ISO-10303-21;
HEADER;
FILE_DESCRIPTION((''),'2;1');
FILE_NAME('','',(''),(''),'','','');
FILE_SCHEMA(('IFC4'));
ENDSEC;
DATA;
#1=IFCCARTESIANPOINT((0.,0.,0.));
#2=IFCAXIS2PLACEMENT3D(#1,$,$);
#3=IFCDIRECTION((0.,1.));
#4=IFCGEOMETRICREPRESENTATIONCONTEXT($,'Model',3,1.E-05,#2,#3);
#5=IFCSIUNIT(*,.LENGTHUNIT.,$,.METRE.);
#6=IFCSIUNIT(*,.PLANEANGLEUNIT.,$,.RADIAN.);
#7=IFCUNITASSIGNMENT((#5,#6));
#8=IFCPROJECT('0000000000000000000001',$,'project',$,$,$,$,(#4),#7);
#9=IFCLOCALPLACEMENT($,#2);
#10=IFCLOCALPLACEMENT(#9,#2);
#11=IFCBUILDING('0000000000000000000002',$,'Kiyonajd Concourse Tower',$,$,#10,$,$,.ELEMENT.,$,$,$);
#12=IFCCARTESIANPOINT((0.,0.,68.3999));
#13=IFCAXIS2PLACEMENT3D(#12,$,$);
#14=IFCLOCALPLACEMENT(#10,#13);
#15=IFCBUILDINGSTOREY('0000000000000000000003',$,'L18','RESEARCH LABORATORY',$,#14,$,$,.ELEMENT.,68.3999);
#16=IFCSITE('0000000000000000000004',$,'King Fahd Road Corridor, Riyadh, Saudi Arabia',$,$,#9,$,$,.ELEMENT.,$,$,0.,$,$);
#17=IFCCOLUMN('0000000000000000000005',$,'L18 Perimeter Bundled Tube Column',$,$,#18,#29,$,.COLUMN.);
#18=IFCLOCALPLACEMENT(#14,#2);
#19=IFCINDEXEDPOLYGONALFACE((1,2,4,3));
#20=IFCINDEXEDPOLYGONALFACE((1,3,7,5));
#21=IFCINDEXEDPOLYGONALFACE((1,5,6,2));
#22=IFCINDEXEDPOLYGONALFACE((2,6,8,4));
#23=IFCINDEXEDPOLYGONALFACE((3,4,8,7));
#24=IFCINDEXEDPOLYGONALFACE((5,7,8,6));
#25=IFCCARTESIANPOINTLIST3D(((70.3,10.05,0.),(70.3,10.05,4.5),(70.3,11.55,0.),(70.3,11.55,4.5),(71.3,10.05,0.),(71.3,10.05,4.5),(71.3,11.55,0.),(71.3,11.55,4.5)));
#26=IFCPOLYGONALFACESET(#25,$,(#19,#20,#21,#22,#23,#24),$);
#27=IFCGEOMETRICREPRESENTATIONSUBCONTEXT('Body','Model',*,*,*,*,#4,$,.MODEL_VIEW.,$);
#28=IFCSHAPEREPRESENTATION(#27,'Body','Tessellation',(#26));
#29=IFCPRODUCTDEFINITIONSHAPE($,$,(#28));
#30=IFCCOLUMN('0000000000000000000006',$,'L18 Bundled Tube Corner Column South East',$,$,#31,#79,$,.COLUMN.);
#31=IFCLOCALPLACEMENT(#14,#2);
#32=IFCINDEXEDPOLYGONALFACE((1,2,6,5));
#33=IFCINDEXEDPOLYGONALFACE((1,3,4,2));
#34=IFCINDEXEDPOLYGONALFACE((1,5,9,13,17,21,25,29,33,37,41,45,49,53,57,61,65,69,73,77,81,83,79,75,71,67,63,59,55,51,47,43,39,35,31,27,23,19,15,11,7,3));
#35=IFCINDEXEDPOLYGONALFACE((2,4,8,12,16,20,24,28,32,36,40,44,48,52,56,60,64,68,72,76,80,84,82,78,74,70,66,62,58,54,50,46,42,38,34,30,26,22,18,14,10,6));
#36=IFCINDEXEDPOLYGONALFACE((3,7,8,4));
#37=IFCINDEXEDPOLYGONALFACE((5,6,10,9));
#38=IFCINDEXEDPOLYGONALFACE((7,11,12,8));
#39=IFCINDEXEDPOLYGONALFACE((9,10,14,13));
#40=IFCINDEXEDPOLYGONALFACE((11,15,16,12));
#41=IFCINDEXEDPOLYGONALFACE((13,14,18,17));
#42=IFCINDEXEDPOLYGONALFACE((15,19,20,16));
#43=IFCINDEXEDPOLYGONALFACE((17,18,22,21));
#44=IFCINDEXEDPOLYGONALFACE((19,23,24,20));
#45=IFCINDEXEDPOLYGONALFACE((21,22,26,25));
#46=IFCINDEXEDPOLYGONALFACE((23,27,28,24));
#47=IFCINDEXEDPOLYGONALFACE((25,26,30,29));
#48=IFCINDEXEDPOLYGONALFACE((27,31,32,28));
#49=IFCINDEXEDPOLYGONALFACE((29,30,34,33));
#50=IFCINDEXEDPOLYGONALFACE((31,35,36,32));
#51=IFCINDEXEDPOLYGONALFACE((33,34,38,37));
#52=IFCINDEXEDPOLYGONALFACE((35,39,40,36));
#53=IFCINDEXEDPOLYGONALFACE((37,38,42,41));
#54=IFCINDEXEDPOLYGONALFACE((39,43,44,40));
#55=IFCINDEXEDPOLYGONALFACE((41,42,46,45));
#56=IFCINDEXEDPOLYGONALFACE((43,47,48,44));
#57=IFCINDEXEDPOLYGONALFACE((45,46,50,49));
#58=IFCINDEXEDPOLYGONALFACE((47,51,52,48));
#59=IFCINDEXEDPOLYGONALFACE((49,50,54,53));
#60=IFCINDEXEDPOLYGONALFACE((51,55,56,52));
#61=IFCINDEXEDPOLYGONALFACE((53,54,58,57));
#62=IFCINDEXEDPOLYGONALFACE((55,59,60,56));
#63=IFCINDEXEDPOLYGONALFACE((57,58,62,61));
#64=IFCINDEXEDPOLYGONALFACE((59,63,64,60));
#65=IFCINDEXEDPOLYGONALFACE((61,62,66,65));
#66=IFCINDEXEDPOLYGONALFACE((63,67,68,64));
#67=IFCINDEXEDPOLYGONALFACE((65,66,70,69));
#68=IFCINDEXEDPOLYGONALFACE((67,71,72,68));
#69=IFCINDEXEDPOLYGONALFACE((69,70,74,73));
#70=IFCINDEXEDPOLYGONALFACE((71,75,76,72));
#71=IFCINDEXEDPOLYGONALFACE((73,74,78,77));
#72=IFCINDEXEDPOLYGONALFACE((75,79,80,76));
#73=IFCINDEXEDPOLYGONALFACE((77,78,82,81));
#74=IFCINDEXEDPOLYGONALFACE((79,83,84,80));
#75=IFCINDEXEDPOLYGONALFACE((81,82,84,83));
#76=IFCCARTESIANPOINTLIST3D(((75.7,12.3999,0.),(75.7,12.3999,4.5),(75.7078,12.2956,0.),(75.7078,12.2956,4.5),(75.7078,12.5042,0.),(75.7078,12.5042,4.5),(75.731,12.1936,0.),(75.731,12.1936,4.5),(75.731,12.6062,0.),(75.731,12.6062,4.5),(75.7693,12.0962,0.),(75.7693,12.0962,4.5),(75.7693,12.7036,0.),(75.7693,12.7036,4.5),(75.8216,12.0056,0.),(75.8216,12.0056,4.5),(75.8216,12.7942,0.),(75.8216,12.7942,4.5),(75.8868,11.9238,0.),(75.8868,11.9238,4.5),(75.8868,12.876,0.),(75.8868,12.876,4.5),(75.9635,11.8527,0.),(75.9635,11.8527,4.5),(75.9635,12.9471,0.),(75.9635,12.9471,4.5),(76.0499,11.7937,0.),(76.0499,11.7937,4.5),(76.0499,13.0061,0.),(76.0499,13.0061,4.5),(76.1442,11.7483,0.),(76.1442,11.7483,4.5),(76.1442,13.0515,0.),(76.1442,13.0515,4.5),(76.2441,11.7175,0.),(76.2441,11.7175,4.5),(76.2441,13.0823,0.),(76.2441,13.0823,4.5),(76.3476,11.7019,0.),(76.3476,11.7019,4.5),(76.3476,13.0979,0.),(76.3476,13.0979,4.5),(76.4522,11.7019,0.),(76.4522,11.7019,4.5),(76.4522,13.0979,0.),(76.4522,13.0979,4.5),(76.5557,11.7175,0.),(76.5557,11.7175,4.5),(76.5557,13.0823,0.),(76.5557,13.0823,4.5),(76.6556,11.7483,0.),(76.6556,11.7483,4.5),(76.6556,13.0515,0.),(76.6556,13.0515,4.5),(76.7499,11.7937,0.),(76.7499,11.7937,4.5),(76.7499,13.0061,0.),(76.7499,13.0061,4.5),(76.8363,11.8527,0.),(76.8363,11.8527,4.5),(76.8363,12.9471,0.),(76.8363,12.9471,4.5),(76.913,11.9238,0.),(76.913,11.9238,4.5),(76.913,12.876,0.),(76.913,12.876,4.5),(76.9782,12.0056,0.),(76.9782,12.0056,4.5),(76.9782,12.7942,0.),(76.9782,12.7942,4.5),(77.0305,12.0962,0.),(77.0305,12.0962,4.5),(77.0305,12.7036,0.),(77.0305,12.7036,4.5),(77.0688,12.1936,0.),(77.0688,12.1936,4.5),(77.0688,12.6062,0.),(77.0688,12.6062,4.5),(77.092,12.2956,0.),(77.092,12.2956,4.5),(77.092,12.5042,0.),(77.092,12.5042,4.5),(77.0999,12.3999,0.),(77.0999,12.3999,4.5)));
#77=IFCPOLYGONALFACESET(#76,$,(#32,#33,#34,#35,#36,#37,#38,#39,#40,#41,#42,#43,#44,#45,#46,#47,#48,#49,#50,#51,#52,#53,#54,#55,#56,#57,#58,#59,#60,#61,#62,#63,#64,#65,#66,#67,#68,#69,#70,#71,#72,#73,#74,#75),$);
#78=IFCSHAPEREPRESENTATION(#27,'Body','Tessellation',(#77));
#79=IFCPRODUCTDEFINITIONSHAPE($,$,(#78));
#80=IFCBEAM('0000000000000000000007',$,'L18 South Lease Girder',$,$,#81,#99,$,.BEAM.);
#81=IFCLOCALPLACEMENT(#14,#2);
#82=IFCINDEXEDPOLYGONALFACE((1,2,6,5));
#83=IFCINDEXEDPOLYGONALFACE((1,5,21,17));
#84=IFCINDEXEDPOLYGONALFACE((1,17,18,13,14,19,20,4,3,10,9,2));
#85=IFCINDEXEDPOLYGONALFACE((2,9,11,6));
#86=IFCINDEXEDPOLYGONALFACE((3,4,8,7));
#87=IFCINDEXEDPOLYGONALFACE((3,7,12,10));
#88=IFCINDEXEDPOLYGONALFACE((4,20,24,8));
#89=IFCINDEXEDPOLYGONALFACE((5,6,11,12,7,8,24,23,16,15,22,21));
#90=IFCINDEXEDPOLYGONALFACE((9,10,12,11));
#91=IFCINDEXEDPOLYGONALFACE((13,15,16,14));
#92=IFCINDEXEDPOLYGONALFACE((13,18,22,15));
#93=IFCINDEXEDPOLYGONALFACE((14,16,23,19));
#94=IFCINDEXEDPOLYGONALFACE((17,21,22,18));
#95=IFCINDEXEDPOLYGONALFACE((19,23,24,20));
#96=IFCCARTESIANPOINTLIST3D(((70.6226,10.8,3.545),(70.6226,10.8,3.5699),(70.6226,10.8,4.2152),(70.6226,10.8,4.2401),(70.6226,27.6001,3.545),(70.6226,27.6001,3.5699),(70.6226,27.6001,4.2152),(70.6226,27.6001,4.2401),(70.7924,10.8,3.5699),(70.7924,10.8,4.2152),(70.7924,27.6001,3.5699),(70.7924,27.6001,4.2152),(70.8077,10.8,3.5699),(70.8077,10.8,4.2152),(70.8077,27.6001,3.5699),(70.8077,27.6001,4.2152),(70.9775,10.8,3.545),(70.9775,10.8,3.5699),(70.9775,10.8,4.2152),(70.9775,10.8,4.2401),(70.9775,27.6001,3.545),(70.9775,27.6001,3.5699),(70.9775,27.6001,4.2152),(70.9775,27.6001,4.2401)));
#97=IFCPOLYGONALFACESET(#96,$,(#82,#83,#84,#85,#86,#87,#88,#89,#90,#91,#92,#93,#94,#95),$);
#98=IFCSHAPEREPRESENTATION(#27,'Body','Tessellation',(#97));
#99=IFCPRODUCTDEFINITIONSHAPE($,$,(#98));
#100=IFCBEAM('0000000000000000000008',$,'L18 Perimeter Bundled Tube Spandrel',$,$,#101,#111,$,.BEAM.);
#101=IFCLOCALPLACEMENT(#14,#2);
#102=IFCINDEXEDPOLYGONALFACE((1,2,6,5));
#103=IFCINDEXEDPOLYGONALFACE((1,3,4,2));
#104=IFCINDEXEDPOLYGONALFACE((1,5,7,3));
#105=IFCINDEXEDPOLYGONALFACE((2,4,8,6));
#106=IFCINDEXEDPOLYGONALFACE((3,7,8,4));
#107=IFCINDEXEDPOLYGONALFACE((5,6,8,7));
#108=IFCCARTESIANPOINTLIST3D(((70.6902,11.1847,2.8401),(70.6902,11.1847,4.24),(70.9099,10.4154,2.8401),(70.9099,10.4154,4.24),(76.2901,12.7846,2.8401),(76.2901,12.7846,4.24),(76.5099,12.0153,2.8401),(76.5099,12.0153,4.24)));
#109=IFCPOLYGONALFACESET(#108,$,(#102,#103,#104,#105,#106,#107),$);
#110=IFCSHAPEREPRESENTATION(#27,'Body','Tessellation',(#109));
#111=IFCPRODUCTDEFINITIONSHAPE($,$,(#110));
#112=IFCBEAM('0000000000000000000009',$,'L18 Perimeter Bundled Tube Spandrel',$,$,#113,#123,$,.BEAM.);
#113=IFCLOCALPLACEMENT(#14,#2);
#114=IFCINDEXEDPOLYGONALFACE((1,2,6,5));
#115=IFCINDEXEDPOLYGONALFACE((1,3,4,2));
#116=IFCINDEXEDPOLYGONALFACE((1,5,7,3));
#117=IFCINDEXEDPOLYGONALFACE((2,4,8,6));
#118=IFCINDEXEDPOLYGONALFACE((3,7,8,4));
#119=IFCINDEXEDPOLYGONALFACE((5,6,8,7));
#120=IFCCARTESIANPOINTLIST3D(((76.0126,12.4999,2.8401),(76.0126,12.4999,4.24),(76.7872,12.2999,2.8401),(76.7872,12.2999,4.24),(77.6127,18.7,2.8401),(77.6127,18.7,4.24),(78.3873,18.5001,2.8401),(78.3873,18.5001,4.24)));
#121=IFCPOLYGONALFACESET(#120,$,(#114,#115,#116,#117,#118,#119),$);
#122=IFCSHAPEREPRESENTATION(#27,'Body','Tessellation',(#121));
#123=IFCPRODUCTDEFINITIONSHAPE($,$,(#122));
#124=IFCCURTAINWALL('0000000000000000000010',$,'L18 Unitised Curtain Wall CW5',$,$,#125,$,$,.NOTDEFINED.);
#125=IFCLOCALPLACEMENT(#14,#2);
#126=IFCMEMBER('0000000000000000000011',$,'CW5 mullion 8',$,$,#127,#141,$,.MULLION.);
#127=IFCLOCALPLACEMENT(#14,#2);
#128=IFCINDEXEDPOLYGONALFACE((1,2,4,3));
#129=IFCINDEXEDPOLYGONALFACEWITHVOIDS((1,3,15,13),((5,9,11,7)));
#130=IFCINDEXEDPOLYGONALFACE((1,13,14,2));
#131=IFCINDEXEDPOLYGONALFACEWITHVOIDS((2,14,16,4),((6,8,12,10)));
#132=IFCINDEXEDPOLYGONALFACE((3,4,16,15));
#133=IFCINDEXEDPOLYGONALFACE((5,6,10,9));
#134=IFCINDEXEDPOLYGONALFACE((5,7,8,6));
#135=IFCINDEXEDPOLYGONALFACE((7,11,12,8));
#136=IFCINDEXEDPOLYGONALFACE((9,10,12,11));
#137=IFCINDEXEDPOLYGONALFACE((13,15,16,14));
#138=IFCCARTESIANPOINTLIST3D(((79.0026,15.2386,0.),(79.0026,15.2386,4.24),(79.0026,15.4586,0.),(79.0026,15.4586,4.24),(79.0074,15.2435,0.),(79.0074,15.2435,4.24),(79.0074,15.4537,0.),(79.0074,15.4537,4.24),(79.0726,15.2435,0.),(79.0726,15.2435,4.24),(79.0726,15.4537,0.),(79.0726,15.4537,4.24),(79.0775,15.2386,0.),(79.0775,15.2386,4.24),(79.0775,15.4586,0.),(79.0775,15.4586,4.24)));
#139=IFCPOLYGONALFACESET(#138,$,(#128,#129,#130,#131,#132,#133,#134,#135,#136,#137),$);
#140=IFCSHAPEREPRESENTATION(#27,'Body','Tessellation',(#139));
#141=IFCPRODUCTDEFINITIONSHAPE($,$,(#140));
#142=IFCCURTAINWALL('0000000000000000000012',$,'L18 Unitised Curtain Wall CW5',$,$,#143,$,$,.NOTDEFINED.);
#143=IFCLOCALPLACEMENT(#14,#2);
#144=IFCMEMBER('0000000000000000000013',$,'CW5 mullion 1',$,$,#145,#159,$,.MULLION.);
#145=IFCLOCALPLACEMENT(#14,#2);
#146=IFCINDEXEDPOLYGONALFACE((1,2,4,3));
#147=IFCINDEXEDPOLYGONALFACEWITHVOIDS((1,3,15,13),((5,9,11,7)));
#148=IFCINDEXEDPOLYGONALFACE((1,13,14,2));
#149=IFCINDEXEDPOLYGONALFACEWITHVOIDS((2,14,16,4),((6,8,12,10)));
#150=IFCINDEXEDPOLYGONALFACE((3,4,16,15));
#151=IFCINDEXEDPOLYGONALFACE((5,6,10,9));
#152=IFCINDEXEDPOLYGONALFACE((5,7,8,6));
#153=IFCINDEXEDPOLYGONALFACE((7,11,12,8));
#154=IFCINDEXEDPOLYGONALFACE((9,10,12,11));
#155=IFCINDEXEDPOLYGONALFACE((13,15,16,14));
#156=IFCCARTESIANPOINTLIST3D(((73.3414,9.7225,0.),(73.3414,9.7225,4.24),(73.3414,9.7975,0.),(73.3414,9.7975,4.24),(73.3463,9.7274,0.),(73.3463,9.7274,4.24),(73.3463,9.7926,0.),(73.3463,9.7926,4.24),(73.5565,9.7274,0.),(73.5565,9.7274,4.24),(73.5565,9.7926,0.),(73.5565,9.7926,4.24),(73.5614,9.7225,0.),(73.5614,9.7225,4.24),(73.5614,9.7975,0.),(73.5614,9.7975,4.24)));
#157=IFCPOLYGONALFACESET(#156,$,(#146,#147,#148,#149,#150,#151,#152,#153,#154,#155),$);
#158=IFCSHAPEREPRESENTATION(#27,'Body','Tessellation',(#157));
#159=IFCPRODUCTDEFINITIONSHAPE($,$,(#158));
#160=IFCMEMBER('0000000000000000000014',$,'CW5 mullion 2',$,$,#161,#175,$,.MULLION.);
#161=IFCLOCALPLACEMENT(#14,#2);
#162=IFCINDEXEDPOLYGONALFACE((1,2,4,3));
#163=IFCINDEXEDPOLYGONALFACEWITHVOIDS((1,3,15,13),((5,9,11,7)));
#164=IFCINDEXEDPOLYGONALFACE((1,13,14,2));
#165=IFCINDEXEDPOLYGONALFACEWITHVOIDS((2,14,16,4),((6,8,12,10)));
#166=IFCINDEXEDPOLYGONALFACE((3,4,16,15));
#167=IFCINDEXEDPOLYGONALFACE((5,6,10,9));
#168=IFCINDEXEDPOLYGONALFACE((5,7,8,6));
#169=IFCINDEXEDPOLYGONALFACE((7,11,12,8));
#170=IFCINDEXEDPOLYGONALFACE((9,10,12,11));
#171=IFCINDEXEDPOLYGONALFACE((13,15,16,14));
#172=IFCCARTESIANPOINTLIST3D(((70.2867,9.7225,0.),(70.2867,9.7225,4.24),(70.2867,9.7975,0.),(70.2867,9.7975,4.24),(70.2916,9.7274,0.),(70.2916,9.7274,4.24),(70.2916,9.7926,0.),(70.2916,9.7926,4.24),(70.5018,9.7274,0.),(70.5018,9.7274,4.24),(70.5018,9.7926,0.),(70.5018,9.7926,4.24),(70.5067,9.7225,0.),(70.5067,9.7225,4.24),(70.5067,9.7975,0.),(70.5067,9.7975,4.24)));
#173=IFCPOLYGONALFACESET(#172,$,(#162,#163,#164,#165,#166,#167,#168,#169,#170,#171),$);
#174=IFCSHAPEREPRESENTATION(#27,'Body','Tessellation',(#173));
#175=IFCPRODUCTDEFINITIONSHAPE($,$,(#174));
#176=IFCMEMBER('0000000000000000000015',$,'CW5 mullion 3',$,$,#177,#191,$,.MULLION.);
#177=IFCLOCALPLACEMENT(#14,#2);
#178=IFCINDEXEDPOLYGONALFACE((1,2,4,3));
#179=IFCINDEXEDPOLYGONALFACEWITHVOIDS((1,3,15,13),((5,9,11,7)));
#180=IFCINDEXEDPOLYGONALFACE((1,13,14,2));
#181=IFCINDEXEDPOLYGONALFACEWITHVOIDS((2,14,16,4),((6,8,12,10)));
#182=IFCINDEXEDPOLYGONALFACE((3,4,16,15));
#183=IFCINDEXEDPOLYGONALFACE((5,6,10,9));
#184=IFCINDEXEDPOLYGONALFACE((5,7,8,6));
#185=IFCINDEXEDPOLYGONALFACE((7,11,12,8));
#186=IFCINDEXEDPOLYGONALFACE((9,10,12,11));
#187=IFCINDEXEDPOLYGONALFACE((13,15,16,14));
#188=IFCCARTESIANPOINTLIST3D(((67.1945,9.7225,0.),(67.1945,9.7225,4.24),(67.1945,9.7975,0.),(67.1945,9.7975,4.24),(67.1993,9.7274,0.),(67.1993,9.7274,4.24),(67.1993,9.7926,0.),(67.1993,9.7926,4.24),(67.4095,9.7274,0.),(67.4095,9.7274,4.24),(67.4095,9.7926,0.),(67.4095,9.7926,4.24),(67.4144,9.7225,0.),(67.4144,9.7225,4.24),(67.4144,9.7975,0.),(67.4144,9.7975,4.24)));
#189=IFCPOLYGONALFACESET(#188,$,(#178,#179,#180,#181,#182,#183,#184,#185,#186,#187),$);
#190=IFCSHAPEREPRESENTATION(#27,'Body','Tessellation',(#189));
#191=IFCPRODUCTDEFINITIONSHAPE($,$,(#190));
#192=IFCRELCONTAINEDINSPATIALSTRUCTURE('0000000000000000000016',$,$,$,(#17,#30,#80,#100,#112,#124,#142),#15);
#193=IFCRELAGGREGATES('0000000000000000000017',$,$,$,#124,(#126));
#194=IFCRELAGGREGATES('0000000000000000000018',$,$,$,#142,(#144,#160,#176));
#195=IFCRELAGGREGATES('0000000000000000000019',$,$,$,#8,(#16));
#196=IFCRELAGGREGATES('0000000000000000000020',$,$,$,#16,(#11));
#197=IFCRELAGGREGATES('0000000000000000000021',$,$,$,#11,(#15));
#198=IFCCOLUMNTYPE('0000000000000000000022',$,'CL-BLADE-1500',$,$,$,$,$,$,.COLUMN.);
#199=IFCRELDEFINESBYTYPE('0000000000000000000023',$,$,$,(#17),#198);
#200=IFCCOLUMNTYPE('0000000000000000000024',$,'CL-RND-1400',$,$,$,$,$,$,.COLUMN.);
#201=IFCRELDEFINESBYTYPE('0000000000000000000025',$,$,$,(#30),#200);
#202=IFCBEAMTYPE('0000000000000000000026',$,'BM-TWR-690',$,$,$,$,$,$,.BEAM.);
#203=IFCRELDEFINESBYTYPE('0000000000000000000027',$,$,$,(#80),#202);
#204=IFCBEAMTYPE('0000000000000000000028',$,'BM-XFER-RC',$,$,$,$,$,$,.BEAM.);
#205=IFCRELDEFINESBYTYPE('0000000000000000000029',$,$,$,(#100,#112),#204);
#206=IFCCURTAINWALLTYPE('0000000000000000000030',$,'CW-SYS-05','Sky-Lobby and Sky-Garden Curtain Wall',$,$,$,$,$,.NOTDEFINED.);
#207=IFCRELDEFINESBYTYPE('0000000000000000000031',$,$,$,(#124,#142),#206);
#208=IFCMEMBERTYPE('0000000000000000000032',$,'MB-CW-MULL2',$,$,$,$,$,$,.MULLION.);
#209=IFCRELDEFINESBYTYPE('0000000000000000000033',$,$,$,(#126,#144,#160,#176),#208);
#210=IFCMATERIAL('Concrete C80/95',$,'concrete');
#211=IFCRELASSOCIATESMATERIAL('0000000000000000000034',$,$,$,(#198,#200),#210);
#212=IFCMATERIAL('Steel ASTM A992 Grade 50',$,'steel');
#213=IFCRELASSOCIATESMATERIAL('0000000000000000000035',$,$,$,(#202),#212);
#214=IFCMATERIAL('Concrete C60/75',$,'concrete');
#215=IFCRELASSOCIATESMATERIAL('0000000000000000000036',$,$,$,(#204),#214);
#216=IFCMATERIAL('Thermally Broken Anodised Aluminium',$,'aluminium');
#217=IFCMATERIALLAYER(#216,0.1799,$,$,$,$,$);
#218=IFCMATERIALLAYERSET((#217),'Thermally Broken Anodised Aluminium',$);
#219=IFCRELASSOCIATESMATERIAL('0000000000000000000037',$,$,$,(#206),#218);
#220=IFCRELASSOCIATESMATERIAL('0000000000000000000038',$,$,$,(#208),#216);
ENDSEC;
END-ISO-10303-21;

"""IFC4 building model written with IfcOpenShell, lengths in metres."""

from ifc_helpers import new_model, si_unit, direction, frame, origin, origin_2d, place, context, subcontext, project, spatial, rectangle, hollow_rectangle, circle, i_section, extrude, material, layer, layer_set, material_profile, profile_set, type_object, element, aggregate, save


model = new_model("IFC4")

# Units and contexts
model_context = context("Model", 3, precision=1e-05, world=origin(), true_north=direction((0.0, 1.0)))
body_context = subcontext(model_context, "Body", "Model", "MODEL_VIEW")
ifc_project = project(units=[si_unit("LENGTHUNIT", "METRE"), si_unit("PLANEANGLEUNIT", "RADIAN")], contexts=[model_context])

# Site, building, storey
site_placement = place(None, origin())
site = spatial("IfcSite", under=ifc_project, at=site_placement, Name="King Fahd Road Corridor, Riyadh, Saudi Arabia", CompositionType="ELEMENT", RefElevation=0.0)
building_placement = place(site_placement, origin())
building = spatial("IfcBuilding", under=site, at=building_placement, Name="Kiyonajd Concourse Tower", CompositionType="ELEMENT")
storey_placement = place(building_placement, frame((0.0, 0.0, 68.3999)))
storey = spatial("IfcBuildingStorey", under=building, at=storey_placement, Name="L18", Description="RESEARCH LABORATORY", CompositionType="ELEMENT", Elevation=68.3999)

# Columns
ifc_material_1 = material(Name="Concrete C80/95", Category="concrete")
ifc_material_profile_1 = material_profile(ifc_material_1, rectangle(XDim=1.0, YDim=1.5, at=origin_2d()), Name="RC-1500x1000")
ifc_profile_set_1 = profile_set([ifc_material_profile_1], Name="Concrete C80/95")
column_type_1 = type_object("IfcColumnType", Name="CL-BLADE-1500", PredefinedType="COLUMN", material=ifc_profile_set_1)
column_1_placement = place(storey_placement, frame((70.8, 10.8, 0.0), z_axis=(0.0, 0.0, 1.0), x_axis=(1.0, 0.0, 0.0)))
element("IfcColumn", 1, at=column_1_placement, inside=storey, type_object=column_type_1, Name="L18 Perimeter Bundled Tube Column", PredefinedType="COLUMN", context=body_context, shape_type="SweptSolid", body=[
    extrude(rectangle(XDim=1.0, YDim=1.5, at=origin_2d()), origin(), (0.0, 0.0, 1.0), 4.5),
])
ifc_material_profile_2 = material_profile(ifc_material_1, circle(Radius=0.7, at=origin_2d()), Name="RCC-D1400")
ifc_profile_set_2 = profile_set([ifc_material_profile_2], Name="Concrete C80/95")
column_type_2 = type_object("IfcColumnType", Name="CL-RND-1400", PredefinedType="COLUMN", material=ifc_profile_set_2)
column_2_placement = place(storey_placement, frame((76.3999, 12.3999, 0.0), z_axis=(0.0, 0.0, 1.0), x_axis=(1.0, 0.0, 0.0)))
element("IfcColumn", 2, at=column_2_placement, inside=storey, type_object=column_type_2, Name="L18 Bundled Tube Corner Column South East", PredefinedType="COLUMN", context=body_context, shape_type="SweptSolid", body=[
    extrude(circle(Radius=0.7, at=origin_2d()), origin(), (0.0, 0.0, 1.0), 4.5),
])

# Beams
ifc_material_2 = material(Name="Steel ASTM A992 Grade 50", Category="steel")
ifc_material_profile_3 = material_profile(ifc_material_2, i_section(OverallWidth=0.355, OverallDepth=0.6951, WebThickness=0.0154, FlangeThickness=0.0249, at=origin_2d()), Name="W690X217")
ifc_profile_set_3 = profile_set([ifc_material_profile_3], Name="Steel ASTM A992 Grade 50")
beam_type_1 = type_object("IfcBeamType", Name="BM-TWR-690", PredefinedType="BEAM", material=ifc_profile_set_3)
beam_1_placement = place(storey_placement, frame((70.8, 10.8, 3.8926), z_axis=(0.0, 1.0, 0.0), x_axis=(-1.0, 0.0, 0.0)))
element("IfcBeam", 3, at=beam_1_placement, inside=storey, type_object=beam_type_1, Name="L18 South Lease Girder", PredefinedType="BEAM", context=body_context, shape_type="SweptSolid", body=[
    extrude(i_section(OverallWidth=0.355, OverallDepth=0.6951, WebThickness=0.0154, FlangeThickness=0.0249, at=origin_2d()), origin(), (0.0, 0.0, 1.0), 16.8),
])
ifc_material_3 = material(Name="Concrete C60/75", Category="concrete")
ifc_material_profile_4 = material_profile(ifc_material_3, rectangle(XDim=0.8, YDim=1.3999, at=origin_2d()), Name="RCBM-800x1400")
ifc_profile_set_4 = profile_set([ifc_material_profile_4], Name="Concrete C60/75")
beam_type_2 = type_object("IfcBeamType", Name="BM-XFER-RC", PredefinedType="BEAM", material=ifc_profile_set_4)
beam_2_placement = place(storey_placement, frame((70.8, 10.8, 3.54), z_axis=(0.961529, 0.274705, 0.0), x_axis=(-0.274705, 0.961529, 0.0)))
element("IfcBeam", 4, at=beam_2_placement, inside=storey, type_object=beam_type_2, Name="L18 Perimeter Bundled Tube Spandrel", PredefinedType="BEAM", context=body_context, shape_type="SweptSolid", body=[
    extrude(rectangle(XDim=0.8, YDim=1.3999, at=origin_2d()), origin(), (0.0, 0.0, 1.0), 5.824),
])
beam_3_placement = place(storey_placement, frame((76.3999, 12.3999, 3.54), z_axis=(0.249885, 0.968276, 0.0), x_axis=(-0.968276, 0.249885, 0.0)))
element("IfcBeam", 5, at=beam_3_placement, inside=storey, type_object=beam_type_2, Name="L18 Perimeter Bundled Tube Spandrel", PredefinedType="BEAM", context=body_context, shape_type="SweptSolid", body=[
    extrude(rectangle(XDim=0.8, YDim=1.3999, at=origin_2d()), origin(), (0.0, 0.0, 1.0), 6.4033),
])

# Curtain wall, member
ifc_material_4 = material(Name="Thermally Broken Anodised Aluminium", Category="aluminium")
ifc_layer_1 = layer(ifc_material_4, 0.1799)
ifc_layer_set_1 = layer_set([ifc_layer_1], Name="Thermally Broken Anodised Aluminium")
curtain_wall_type = type_object("IfcCurtainWallType", Name="CW-SYS-05", Description="Sky-Lobby and Sky-Garden Curtain Wall", PredefinedType="NOTDEFINED", material=ifc_layer_set_1)
curtain_wall_1_placement = place(storey_placement, origin())
curtain_wall_1 = element("IfcCurtainWall", 6, at=curtain_wall_1_placement, inside=storey, type_object=curtain_wall_type, Name="L18 Unitised Curtain Wall CW5", PredefinedType="NOTDEFINED")
ifc_material_profile_5 = material_profile(ifc_material_4, hollow_rectangle(XDim=0.075, YDim=0.22, WallThickness=0.0049, at=origin_2d()), Name="MULL-75x220")
ifc_profile_set_5 = profile_set([ifc_material_profile_5], Name="Thermally Broken Anodised Aluminium")
member_type_1 = type_object("IfcMemberType", Name="MB-CW-MULL2", PredefinedType="MULLION", material=ifc_profile_set_5)
member_1_placement = place(storey_placement, frame((79.04, 15.3486, 0.0), z_axis=(0.0, 0.0, 1.0), x_axis=(1.0, 0.0, 0.0)))
member_1 = element("IfcMember", 7, at=member_1_placement, type_object=member_type_1, Name="CW5 mullion 8", PredefinedType="MULLION", context=body_context, shape_type="SweptSolid", body=[
    extrude(hollow_rectangle(XDim=0.075, YDim=0.22, WallThickness=0.0049, at=origin_2d()), origin(), (0.0, 0.0, 1.0), 4.24),
])
aggregate(curtain_wall_1, [member_1])

# Curtain wall, members
curtain_wall_2_placement = place(storey_placement, origin())
curtain_wall_2 = element("IfcCurtainWall", 8, at=curtain_wall_2_placement, inside=storey, type_object=curtain_wall_type, Name="L18 Unitised Curtain Wall CW5", PredefinedType="NOTDEFINED")
member_2_placement = place(storey_placement, frame((73.4514, 9.76, 0.0), z_axis=(0.0, 0.0, 1.0), x_axis=(0.0, -1.0, 0.0)))
member_2 = element("IfcMember", 9, at=member_2_placement, type_object=member_type_1, Name="CW5 mullion 1", PredefinedType="MULLION", context=body_context, shape_type="SweptSolid", body=[
    extrude(hollow_rectangle(XDim=0.075, YDim=0.22, WallThickness=0.0049, at=origin_2d()), origin(), (0.0, 0.0, 1.0), 4.24),
])
member_3_placement = place(storey_placement, frame((70.3967, 9.76, 0.0), z_axis=(0.0, 0.0, 1.0), x_axis=(0.0, -1.0, 0.0)))
member_3 = element("IfcMember", 10, at=member_3_placement, type_object=member_type_1, Name="CW5 mullion 2", PredefinedType="MULLION", context=body_context, shape_type="SweptSolid", body=[
    extrude(hollow_rectangle(XDim=0.075, YDim=0.22, WallThickness=0.0049, at=origin_2d()), origin(), (0.0, 0.0, 1.0), 4.24),
])
member_4_placement = place(storey_placement, frame((67.3044, 9.76, 0.0), z_axis=(0.0, 0.0, 1.0), x_axis=(0.0, -1.0, 0.0)))
member_4 = element("IfcMember", 11, at=member_4_placement, type_object=member_type_1, Name="CW5 mullion 3", PredefinedType="MULLION", context=body_context, shape_type="SweptSolid", body=[
    extrude(hollow_rectangle(XDim=0.075, YDim=0.22, WallThickness=0.0049, at=origin_2d()), origin(), (0.0, 0.0, 1.0), 4.24),
])
aggregate(curtain_wall_2, [member_2, member_3, member_4])

save(model, "model.ifc")
